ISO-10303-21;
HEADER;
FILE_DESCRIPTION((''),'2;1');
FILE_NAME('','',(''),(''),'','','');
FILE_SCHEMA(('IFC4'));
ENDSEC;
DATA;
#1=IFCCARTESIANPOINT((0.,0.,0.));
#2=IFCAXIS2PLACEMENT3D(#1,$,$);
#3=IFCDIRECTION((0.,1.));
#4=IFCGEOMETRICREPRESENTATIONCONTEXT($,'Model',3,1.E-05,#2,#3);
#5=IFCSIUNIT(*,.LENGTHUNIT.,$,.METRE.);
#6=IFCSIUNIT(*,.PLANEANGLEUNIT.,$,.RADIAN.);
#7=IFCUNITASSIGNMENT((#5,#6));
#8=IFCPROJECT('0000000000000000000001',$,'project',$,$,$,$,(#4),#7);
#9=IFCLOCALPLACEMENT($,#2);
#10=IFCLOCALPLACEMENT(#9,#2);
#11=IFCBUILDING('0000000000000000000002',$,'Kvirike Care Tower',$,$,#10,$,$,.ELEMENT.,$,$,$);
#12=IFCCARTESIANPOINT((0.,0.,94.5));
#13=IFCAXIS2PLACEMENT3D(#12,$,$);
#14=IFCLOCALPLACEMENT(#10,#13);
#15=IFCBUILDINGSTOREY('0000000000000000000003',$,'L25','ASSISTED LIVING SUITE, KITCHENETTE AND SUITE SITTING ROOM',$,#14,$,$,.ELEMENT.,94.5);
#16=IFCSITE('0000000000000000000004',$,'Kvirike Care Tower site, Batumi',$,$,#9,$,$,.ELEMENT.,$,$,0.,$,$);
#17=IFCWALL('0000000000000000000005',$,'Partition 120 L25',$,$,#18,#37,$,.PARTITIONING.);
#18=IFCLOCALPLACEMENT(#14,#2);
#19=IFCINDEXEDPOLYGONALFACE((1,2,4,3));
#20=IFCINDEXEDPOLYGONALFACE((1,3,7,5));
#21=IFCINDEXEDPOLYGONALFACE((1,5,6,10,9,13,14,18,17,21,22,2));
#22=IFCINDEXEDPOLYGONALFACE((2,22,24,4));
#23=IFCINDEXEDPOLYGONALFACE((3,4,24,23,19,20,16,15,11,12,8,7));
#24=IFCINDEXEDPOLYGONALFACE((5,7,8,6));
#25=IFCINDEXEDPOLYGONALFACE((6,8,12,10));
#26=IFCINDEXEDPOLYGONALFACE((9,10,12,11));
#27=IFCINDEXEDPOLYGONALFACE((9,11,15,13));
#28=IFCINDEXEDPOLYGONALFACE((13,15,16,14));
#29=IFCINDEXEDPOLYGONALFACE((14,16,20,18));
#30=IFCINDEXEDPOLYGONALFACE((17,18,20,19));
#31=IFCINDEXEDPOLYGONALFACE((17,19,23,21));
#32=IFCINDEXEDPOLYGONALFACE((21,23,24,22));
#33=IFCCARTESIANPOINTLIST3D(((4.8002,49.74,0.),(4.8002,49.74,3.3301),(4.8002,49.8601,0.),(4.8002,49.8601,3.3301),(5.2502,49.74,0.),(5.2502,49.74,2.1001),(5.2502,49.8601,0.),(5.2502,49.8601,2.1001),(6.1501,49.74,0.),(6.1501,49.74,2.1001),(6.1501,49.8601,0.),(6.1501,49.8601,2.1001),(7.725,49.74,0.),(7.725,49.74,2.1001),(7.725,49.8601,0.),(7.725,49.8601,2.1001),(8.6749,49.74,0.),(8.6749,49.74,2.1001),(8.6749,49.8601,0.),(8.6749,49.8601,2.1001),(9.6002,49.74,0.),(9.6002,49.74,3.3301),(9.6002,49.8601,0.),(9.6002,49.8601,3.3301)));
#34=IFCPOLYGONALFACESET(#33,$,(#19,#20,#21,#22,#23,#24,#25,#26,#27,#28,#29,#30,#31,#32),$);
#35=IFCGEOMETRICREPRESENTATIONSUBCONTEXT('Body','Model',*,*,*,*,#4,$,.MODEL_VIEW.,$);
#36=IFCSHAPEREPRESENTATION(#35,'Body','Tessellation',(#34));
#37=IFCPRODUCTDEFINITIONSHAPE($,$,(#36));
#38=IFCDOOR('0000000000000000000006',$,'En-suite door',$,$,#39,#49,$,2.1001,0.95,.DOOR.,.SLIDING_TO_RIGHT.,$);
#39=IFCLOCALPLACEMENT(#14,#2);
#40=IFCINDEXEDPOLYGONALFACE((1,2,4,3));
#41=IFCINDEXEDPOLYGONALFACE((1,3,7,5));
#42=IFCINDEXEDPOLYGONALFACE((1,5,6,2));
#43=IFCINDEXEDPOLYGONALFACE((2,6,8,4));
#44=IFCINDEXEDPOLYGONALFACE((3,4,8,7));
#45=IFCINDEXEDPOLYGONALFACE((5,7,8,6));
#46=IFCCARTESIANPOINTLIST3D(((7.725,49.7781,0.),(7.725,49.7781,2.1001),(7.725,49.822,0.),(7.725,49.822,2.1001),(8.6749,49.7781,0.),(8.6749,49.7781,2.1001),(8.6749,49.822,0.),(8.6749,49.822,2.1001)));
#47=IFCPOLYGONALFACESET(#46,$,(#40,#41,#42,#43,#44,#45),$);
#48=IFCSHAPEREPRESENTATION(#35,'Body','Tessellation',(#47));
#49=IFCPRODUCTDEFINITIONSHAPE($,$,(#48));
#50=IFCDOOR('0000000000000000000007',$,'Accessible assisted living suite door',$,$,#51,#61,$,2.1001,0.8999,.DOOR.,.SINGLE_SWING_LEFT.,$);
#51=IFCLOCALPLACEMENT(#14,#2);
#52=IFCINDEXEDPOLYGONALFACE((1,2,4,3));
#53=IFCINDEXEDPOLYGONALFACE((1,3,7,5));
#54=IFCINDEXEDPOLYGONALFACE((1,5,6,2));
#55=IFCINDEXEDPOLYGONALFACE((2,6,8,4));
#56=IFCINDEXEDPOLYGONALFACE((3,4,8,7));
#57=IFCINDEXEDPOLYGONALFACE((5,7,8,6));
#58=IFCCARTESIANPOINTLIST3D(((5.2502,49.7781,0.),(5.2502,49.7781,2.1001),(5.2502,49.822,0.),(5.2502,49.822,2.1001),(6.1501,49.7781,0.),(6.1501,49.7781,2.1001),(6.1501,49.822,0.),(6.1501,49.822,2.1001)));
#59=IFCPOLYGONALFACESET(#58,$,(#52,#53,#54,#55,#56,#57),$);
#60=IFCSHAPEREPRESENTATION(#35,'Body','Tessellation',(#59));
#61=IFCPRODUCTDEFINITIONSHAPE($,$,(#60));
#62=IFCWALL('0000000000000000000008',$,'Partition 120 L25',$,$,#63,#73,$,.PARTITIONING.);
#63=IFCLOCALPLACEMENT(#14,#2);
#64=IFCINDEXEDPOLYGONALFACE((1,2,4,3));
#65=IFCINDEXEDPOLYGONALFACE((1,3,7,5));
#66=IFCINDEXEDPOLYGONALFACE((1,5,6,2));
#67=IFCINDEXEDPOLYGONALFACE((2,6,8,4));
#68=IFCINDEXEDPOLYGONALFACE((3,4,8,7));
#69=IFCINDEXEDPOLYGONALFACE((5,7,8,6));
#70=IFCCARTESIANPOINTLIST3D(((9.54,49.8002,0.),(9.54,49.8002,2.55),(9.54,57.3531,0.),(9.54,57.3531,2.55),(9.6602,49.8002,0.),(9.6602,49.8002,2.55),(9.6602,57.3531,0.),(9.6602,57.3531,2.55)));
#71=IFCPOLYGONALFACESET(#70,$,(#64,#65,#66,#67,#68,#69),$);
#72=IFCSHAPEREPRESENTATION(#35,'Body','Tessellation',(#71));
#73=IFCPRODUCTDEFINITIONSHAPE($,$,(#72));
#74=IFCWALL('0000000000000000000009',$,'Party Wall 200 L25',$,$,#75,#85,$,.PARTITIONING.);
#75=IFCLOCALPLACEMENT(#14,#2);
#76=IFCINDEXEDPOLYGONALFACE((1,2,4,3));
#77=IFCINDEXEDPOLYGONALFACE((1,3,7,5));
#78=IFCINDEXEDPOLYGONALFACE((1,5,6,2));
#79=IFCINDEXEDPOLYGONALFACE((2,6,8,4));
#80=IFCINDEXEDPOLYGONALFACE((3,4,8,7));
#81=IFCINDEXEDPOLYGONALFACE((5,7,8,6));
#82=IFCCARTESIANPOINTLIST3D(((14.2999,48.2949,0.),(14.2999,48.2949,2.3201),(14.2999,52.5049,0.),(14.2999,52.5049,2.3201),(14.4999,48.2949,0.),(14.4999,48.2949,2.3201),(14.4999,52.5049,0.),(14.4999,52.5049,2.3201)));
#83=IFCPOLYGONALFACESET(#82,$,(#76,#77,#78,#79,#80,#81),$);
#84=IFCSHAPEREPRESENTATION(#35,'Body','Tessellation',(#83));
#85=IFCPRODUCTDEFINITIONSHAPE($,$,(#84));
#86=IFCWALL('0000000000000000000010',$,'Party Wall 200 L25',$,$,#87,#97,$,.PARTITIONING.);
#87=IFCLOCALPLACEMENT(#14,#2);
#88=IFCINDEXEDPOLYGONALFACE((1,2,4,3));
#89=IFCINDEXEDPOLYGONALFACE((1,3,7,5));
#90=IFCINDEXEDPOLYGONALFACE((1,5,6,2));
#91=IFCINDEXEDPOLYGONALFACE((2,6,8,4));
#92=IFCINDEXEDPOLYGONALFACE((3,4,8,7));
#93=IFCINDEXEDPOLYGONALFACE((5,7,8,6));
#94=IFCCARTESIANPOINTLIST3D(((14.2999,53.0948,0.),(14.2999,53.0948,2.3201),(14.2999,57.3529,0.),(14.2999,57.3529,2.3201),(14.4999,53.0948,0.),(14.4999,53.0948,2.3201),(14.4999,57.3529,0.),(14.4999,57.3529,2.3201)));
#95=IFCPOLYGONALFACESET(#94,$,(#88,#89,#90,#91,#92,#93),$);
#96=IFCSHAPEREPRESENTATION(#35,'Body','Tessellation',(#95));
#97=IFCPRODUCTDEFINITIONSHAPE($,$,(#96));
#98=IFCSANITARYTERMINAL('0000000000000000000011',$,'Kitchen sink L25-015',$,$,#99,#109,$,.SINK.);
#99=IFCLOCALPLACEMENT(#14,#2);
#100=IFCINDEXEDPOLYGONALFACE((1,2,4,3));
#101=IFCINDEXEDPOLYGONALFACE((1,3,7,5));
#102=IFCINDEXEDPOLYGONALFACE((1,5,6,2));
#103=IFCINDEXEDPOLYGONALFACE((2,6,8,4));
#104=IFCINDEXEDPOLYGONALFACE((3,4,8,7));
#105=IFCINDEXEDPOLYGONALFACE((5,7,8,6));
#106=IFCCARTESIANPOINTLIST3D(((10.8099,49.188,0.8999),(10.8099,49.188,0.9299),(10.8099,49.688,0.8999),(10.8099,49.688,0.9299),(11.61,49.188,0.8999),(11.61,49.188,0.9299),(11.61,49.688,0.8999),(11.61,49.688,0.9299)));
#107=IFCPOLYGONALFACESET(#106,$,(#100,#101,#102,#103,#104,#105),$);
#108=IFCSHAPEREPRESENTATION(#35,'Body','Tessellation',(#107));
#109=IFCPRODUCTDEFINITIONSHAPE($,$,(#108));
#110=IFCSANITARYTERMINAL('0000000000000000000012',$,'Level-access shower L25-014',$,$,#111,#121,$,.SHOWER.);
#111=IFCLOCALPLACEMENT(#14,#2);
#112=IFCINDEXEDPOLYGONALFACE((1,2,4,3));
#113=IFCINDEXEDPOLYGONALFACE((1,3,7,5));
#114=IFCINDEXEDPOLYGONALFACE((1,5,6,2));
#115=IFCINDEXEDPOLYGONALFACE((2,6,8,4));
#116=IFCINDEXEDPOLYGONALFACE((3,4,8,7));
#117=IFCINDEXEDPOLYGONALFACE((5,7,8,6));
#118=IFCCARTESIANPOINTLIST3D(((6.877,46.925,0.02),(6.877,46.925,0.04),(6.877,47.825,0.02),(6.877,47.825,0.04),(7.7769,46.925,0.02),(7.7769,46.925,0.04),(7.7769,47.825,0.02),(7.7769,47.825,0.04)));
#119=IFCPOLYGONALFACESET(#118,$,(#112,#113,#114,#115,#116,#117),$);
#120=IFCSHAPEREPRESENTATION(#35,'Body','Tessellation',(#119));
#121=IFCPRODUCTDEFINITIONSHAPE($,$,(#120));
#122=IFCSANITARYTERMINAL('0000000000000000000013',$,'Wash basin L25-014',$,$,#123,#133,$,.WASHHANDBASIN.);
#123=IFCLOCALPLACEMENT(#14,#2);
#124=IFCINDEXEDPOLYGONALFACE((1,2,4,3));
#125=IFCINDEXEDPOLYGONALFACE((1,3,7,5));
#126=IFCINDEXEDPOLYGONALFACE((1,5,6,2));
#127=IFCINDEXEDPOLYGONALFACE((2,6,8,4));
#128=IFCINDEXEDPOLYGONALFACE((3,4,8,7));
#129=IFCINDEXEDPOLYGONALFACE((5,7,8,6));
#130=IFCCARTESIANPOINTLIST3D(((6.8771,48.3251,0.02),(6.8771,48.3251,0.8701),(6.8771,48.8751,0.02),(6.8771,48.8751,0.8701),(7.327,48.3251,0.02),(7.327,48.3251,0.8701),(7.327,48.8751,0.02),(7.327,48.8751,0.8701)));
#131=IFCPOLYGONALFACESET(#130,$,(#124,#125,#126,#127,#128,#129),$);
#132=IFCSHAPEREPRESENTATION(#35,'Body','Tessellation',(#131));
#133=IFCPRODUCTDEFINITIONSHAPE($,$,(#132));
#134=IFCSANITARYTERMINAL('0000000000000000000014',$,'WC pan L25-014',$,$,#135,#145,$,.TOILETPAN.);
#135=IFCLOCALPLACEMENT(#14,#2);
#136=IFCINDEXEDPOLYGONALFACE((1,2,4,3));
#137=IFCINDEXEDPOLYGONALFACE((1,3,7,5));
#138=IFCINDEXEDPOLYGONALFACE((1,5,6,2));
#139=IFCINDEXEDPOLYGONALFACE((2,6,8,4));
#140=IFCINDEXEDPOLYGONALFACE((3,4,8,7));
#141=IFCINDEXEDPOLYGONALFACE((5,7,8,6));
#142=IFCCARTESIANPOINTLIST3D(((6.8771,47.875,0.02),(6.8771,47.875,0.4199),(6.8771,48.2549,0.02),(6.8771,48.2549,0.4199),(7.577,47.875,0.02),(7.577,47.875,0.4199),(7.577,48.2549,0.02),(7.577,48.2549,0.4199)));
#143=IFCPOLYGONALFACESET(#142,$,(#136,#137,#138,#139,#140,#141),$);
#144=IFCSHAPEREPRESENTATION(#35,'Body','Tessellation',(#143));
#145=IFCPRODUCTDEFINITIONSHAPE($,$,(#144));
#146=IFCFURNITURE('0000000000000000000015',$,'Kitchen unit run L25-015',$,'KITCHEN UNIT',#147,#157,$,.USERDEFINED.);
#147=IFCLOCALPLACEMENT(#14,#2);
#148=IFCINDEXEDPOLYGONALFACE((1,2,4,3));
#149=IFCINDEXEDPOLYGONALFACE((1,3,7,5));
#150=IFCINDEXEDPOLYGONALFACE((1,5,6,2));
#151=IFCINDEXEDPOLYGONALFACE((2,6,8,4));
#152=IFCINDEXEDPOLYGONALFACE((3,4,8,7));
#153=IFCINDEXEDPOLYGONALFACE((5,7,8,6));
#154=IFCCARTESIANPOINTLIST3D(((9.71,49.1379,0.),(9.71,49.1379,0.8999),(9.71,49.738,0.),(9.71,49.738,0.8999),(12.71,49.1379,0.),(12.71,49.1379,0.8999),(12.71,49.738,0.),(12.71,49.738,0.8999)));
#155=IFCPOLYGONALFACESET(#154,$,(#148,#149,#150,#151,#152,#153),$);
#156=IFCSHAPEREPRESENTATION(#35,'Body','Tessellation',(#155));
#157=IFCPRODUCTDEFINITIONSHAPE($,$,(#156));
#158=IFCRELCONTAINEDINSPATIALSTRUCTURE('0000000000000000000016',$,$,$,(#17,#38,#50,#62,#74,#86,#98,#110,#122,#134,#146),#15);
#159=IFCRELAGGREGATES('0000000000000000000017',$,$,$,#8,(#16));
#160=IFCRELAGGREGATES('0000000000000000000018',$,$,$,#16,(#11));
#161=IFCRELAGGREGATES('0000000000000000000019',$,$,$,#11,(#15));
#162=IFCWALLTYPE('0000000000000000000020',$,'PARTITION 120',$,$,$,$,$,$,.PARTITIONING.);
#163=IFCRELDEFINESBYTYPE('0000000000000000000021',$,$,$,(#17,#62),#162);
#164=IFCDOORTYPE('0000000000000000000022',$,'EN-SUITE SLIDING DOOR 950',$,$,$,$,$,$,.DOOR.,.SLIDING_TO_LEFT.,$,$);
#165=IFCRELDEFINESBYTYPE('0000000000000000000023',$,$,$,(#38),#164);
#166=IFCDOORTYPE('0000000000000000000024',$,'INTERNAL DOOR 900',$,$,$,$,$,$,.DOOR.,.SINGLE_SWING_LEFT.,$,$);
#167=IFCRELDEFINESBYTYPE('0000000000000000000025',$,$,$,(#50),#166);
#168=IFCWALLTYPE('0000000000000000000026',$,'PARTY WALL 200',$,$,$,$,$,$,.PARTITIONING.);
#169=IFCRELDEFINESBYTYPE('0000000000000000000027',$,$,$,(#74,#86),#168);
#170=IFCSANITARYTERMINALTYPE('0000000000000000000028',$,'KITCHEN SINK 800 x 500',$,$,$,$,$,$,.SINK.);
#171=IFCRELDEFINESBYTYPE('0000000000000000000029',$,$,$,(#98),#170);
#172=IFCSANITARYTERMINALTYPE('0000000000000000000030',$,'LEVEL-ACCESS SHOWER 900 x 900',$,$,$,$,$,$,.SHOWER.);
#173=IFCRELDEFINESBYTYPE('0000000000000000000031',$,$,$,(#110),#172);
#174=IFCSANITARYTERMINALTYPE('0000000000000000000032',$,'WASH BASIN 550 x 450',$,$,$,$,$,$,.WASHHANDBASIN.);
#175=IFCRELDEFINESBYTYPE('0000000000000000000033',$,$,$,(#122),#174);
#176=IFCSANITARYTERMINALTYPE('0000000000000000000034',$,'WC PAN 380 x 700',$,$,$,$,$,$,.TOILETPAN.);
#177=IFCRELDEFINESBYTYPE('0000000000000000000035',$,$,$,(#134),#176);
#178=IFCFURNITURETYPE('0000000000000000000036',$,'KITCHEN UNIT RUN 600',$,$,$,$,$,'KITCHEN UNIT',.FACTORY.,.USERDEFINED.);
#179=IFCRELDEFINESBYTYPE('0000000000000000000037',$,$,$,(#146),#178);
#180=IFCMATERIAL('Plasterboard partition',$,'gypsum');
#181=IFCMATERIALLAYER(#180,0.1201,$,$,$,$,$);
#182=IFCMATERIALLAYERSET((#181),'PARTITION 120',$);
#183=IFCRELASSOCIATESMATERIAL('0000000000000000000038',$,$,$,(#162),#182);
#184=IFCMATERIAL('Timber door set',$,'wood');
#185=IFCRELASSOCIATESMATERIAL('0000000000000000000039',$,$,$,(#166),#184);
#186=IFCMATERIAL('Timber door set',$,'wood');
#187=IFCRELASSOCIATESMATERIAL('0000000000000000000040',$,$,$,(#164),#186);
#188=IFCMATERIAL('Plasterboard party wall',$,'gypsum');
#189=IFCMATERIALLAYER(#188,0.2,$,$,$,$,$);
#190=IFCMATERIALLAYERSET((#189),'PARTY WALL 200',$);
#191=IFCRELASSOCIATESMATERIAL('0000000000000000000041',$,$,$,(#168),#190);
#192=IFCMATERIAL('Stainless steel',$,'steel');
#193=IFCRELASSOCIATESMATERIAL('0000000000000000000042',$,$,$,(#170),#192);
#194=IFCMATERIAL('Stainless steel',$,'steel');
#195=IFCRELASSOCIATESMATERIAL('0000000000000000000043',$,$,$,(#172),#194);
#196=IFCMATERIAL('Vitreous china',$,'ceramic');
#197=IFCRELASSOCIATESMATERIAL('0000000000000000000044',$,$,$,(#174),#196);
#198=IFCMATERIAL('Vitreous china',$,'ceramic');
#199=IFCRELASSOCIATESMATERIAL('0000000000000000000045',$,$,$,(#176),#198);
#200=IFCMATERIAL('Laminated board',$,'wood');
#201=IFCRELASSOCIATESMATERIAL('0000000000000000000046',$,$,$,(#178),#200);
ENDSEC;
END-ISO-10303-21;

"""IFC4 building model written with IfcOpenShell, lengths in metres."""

from ifc_helpers import new_model, si_unit, direction, frame, frame_2d, origin, origin_2d, place, context, subcontext, project, spatial, rectangle, extrude, material, layer, layer_set, type_object, element, fill, save


model = new_model("IFC4")

# Units and contexts
model_context = context("Model", 3, precision=1e-05, world=origin(), true_north=direction((0.0, 1.0)))
body_context = subcontext(model_context, "Body", "Model", "MODEL_VIEW")
ifc_project = project(units=[si_unit("LENGTHUNIT", "METRE"), si_unit("PLANEANGLEUNIT", "RADIAN")], contexts=[model_context])

# Site, building, storey
site_placement = place(None, origin())
site = spatial("IfcSite", under=ifc_project, at=site_placement, Name="Kvirike Care Tower site, Batumi", CompositionType="ELEMENT", RefElevation=0.0)
building_placement = place(site_placement, origin())
building = spatial("IfcBuilding", under=site, at=building_placement, Name="Kvirike Care Tower", CompositionType="ELEMENT")
storey_placement = place(building_placement, frame((0.0, 0.0, 94.5)))
storey = spatial("IfcBuildingStorey", under=building, at=storey_placement, Name="L25", Description="ASSISTED LIVING SUITE, KITCHENETTE AND SUITE SITTING ROOM", CompositionType="ELEMENT", Elevation=94.5)

# Shared definitions
ifc_material_1 = material(Name="Plasterboard partition", Category="gypsum")
ifc_layer_1 = layer(ifc_material_1, 0.1201)
ifc_layer_set_1 = layer_set([ifc_layer_1], Name="PARTITION 120")
wall_type_1 = type_object("IfcWallType", Name="PARTITION 120", PredefinedType="PARTITIONING", material=ifc_layer_set_1)
ifc_material_2 = material(Name="Timber door set", Category="wood")
door_type_1 = type_object("IfcDoorType", Name="INTERNAL DOOR 900", OperationType="SINGLE_SWING_LEFT", PredefinedType="DOOR", material=ifc_material_2)

# Wall, openings, doors
wall_1_placement = place(storey_placement, frame((9.6001, 49.8, 0.0), z_axis=(0.0, 0.0, 1.0), x_axis=(-1.0, 0.0, 0.0)))
wall_1 = element("IfcWall", 1, at=wall_1_placement, inside=storey, type_object=wall_type_1, Name="Partition 120 L25", PredefinedType="PARTITIONING", context=body_context, shape_type="SweptSolid", body=[
    extrude(rectangle(XDim=4.8, YDim=0.1201, at=frame_2d((2.3999, 0.0))), origin(), (0.0, 0.0, 1.0), 3.3301),
])
opening_1_placement = place(wall_1_placement, frame((3.45, 0.0, 0.0)))
opening_1 = element("IfcOpeningElement", 2, at=opening_1_placement, cuts=wall_1, PredefinedType="OPENING", context=body_context, shape_type="SweptSolid", body=[
    extrude(rectangle(XDim=0.8999, YDim=2.1001, at=frame_2d((0.45, 1.05))), frame((0.0, 0.0706, 0.0), z_axis=(0.0, -1.0, 0.0), x_axis=(1.0, 0.0, 0.0)), (0.0, 0.0, 1.0), 0.1411),
])
opening_2_placement = place(wall_1_placement, frame((0.925, 0.0, 0.0)))
opening_2 = element("IfcOpeningElement", 3, at=opening_2_placement, cuts=wall_1, PredefinedType="OPENING", context=body_context, shape_type="SweptSolid", body=[
    extrude(rectangle(XDim=0.95, YDim=2.1001, at=frame_2d((0.4751, 1.05))), frame((0.0, 0.0706, 0.0), z_axis=(0.0, -1.0, 0.0), x_axis=(1.0, 0.0, 0.0)), (0.0, 0.0, 1.0), 0.1411),
])
ifc_material_3 = material(Name="Timber door set", Category="wood")
door_type_2 = type_object("IfcDoorType", Name="EN-SUITE SLIDING DOOR 950", OperationType="SLIDING_TO_LEFT", PredefinedType="DOOR", material=ifc_material_3)
door_1_placement = place(opening_2_placement, origin())
door_1 = element("IfcDoor", 4, at=door_1_placement, inside=storey, type_object=door_type_2, Name="En-suite door", OperationType="SLIDING_TO_RIGHT", OverallHeight=2.1001, OverallWidth=0.95, PredefinedType="DOOR", context=body_context, shape_type="SweptSolid", body=[
    extrude(rectangle(XDim=0.95, YDim=2.1001, at=frame_2d((0.4751, 1.05))), frame((0.0, 0.022, 0.0), z_axis=(0.0, -1.0, 0.0), x_axis=(1.0, 0.0, 0.0)), (0.0, 0.0, 1.0), 0.0439),
])
fill(opening_2, door_1)
door_2_placement = place(opening_1_placement, origin())
door_2 = element("IfcDoor", 5, at=door_2_placement, inside=storey, type_object=door_type_1, Name="Accessible assisted living suite door", OperationType="SINGLE_SWING_LEFT", OverallHeight=2.1001, OverallWidth=0.8999, PredefinedType="DOOR", context=body_context, shape_type="SweptSolid", body=[
    extrude(rectangle(XDim=0.8999, YDim=2.1001, at=frame_2d((0.45, 1.05))), frame((0.0, 0.022, 0.0), z_axis=(0.0, -1.0, 0.0), x_axis=(1.0, 0.0, 0.0)), (0.0, 0.0, 1.0), 0.0439),
])
fill(opening_1, door_2)

# Walls
wall_2_placement = place(storey_placement, frame((9.6001, 57.353, 0.0), z_axis=(0.0, 0.0, 1.0), x_axis=(0.0, -1.0, 0.0)))
element("IfcWall", 6, at=wall_2_placement, inside=storey, type_object=wall_type_1, Name="Partition 120 L25", PredefinedType="PARTITIONING", context=body_context, shape_type="SweptSolid", body=[
    extrude(rectangle(XDim=7.553, YDim=0.1201, at=frame_2d((3.7764, 0.0))), origin(), (0.0, 0.0, 1.0), 2.55),
])
ifc_material_4 = material(Name="Plasterboard party wall", Category="gypsum")
ifc_layer_2 = layer(ifc_material_4, 0.2)
ifc_layer_set_2 = layer_set([ifc_layer_2], Name="PARTY WALL 200")
wall_type_2 = type_object("IfcWallType", Name="PARTY WALL 200", PredefinedType="PARTITIONING", material=ifc_layer_set_2)
wall_3_placement = place(storey_placement, frame((14.3999, 48.2949, 0.0), z_axis=(0.0, 0.0, 1.0), x_axis=(0.0, 1.0, 0.0)))
element("IfcWall", 7, at=wall_3_placement, inside=storey, type_object=wall_type_2, Name="Party Wall 200 L25", PredefinedType="PARTITIONING", context=body_context, shape_type="SweptSolid", body=[
    extrude(rectangle(XDim=4.21, YDim=0.2, at=frame_2d((2.105, 0.0))), origin(), (0.0, 0.0, 1.0), 2.3201),
])
wall_4_placement = place(storey_placement, frame((14.3999, 53.095, 0.0), z_axis=(0.0, 0.0, 1.0), x_axis=(0.0, 1.0, 0.0)))
element("IfcWall", 8, at=wall_4_placement, inside=storey, type_object=wall_type_2, Name="Party Wall 200 L25", PredefinedType="PARTITIONING", context=body_context, shape_type="SweptSolid", body=[
    extrude(rectangle(XDim=4.2581, YDim=0.2, at=frame_2d((2.1289, 0.0))), origin(), (0.0, 0.0, 1.0), 2.3201),
])

# Sanitary terminals
ifc_material_5 = material(Name="Stainless steel", Category="steel")
sanitary_terminal_type_1 = type_object("IfcSanitaryTerminalType", Name="KITCHEN SINK 800 x 500", PredefinedType="SINK", material=ifc_material_5)
sanitary_terminal_1_placement = place(storey_placement, frame((11.21, 49.438, 0.8999), z_axis=(0.0, 0.0, 1.0), x_axis=(1.0, 0.0, 0.0)))
element("IfcSanitaryTerminal", 9, at=sanitary_terminal_1_placement, inside=storey, type_object=sanitary_terminal_type_1, Name="Kitchen sink L25-015", PredefinedType="SINK", context=body_context, shape_type="SweptSolid", body=[
    extrude(rectangle(XDim=0.8, YDim=0.5, at=origin_2d()), origin(), (0.0, 0.0, 1.0), 0.03),
])
ifc_material_6 = material(Name="Stainless steel", Category="steel")
sanitary_terminal_type_2 = type_object("IfcSanitaryTerminalType", Name="LEVEL-ACCESS SHOWER 900 x 900", PredefinedType="SHOWER", material=ifc_material_6)
sanitary_terminal_2_placement = place(storey_placement, frame((7.3269, 47.375, 0.02), z_axis=(0.0, 0.0, 1.0), x_axis=(0.0, 1.0, 0.0)))
element("IfcSanitaryTerminal", 10, at=sanitary_terminal_2_placement, inside=storey, type_object=sanitary_terminal_type_2, Name="Level-access shower L25-014", PredefinedType="SHOWER", context=body_context, shape_type="SweptSolid", body=[
    extrude(rectangle(XDim=0.8999, YDim=0.8999, at=origin_2d()), origin(), (0.0, 0.0, 1.0), 0.02),
])
ifc_material_7 = material(Name="Vitreous china", Category="ceramic")
sanitary_terminal_type_3 = type_object("IfcSanitaryTerminalType", Name="WASH BASIN 550 x 450", PredefinedType="WASHHANDBASIN", material=ifc_material_7)
sanitary_terminal_3_placement = place(storey_placement, frame((7.1021, 48.6001, 0.02), z_axis=(0.0, 0.0, 1.0), x_axis=(0.0, 1.0, 0.0)))
element("IfcSanitaryTerminal", 11, at=sanitary_terminal_3_placement, inside=storey, type_object=sanitary_terminal_type_3, Name="Wash basin L25-014", PredefinedType="WASHHANDBASIN", context=body_context, shape_type="SweptSolid", body=[
    extrude(rectangle(XDim=0.55, YDim=0.45, at=origin_2d()), origin(), (0.0, 0.0, 1.0), 0.8501),
])
ifc_material_8 = material(Name="Vitreous china", Category="ceramic")
sanitary_terminal_type_4 = type_object("IfcSanitaryTerminalType", Name="WC PAN 380 x 700", PredefinedType="TOILETPAN", material=ifc_material_8)
sanitary_terminal_4_placement = place(storey_placement, frame((7.2271, 48.0649, 0.02), z_axis=(0.0, 0.0, 1.0), x_axis=(0.0, 1.0, 0.0)))
element("IfcSanitaryTerminal", 12, at=sanitary_terminal_4_placement, inside=storey, type_object=sanitary_terminal_type_4, Name="WC pan L25-014", PredefinedType="TOILETPAN", context=body_context, shape_type="SweptSolid", body=[
    extrude(rectangle(XDim=0.3799, YDim=0.7, at=origin_2d()), origin(), (0.0, 0.0, 1.0), 0.3999),
])

# Furniture
ifc_material_9 = material(Name="Laminated board", Category="wood")
furniture_type = type_object("IfcFurnitureType", Name="KITCHEN UNIT RUN 600", ElementType="KITCHEN UNIT", AssemblyPlace="FACTORY", PredefinedType="USERDEFINED", material=ifc_material_9)
furniture_placement = place(storey_placement, frame((11.21, 49.438, 0.0), z_axis=(0.0, 0.0, 1.0), x_axis=(1.0, 0.0, 0.0)))
element("IfcFurniture", 13, at=furniture_placement, inside=storey, type_object=furniture_type, Name="Kitchen unit run L25-015", ObjectType="KITCHEN UNIT", PredefinedType="USERDEFINED", context=body_context, shape_type="SweptSolid", body=[
    extrude(rectangle(XDim=3.0, YDim=0.6001, at=origin_2d()), origin(), (0.0, 0.0, 1.0), 0.8999),
])

save(model, "model.ifc")
